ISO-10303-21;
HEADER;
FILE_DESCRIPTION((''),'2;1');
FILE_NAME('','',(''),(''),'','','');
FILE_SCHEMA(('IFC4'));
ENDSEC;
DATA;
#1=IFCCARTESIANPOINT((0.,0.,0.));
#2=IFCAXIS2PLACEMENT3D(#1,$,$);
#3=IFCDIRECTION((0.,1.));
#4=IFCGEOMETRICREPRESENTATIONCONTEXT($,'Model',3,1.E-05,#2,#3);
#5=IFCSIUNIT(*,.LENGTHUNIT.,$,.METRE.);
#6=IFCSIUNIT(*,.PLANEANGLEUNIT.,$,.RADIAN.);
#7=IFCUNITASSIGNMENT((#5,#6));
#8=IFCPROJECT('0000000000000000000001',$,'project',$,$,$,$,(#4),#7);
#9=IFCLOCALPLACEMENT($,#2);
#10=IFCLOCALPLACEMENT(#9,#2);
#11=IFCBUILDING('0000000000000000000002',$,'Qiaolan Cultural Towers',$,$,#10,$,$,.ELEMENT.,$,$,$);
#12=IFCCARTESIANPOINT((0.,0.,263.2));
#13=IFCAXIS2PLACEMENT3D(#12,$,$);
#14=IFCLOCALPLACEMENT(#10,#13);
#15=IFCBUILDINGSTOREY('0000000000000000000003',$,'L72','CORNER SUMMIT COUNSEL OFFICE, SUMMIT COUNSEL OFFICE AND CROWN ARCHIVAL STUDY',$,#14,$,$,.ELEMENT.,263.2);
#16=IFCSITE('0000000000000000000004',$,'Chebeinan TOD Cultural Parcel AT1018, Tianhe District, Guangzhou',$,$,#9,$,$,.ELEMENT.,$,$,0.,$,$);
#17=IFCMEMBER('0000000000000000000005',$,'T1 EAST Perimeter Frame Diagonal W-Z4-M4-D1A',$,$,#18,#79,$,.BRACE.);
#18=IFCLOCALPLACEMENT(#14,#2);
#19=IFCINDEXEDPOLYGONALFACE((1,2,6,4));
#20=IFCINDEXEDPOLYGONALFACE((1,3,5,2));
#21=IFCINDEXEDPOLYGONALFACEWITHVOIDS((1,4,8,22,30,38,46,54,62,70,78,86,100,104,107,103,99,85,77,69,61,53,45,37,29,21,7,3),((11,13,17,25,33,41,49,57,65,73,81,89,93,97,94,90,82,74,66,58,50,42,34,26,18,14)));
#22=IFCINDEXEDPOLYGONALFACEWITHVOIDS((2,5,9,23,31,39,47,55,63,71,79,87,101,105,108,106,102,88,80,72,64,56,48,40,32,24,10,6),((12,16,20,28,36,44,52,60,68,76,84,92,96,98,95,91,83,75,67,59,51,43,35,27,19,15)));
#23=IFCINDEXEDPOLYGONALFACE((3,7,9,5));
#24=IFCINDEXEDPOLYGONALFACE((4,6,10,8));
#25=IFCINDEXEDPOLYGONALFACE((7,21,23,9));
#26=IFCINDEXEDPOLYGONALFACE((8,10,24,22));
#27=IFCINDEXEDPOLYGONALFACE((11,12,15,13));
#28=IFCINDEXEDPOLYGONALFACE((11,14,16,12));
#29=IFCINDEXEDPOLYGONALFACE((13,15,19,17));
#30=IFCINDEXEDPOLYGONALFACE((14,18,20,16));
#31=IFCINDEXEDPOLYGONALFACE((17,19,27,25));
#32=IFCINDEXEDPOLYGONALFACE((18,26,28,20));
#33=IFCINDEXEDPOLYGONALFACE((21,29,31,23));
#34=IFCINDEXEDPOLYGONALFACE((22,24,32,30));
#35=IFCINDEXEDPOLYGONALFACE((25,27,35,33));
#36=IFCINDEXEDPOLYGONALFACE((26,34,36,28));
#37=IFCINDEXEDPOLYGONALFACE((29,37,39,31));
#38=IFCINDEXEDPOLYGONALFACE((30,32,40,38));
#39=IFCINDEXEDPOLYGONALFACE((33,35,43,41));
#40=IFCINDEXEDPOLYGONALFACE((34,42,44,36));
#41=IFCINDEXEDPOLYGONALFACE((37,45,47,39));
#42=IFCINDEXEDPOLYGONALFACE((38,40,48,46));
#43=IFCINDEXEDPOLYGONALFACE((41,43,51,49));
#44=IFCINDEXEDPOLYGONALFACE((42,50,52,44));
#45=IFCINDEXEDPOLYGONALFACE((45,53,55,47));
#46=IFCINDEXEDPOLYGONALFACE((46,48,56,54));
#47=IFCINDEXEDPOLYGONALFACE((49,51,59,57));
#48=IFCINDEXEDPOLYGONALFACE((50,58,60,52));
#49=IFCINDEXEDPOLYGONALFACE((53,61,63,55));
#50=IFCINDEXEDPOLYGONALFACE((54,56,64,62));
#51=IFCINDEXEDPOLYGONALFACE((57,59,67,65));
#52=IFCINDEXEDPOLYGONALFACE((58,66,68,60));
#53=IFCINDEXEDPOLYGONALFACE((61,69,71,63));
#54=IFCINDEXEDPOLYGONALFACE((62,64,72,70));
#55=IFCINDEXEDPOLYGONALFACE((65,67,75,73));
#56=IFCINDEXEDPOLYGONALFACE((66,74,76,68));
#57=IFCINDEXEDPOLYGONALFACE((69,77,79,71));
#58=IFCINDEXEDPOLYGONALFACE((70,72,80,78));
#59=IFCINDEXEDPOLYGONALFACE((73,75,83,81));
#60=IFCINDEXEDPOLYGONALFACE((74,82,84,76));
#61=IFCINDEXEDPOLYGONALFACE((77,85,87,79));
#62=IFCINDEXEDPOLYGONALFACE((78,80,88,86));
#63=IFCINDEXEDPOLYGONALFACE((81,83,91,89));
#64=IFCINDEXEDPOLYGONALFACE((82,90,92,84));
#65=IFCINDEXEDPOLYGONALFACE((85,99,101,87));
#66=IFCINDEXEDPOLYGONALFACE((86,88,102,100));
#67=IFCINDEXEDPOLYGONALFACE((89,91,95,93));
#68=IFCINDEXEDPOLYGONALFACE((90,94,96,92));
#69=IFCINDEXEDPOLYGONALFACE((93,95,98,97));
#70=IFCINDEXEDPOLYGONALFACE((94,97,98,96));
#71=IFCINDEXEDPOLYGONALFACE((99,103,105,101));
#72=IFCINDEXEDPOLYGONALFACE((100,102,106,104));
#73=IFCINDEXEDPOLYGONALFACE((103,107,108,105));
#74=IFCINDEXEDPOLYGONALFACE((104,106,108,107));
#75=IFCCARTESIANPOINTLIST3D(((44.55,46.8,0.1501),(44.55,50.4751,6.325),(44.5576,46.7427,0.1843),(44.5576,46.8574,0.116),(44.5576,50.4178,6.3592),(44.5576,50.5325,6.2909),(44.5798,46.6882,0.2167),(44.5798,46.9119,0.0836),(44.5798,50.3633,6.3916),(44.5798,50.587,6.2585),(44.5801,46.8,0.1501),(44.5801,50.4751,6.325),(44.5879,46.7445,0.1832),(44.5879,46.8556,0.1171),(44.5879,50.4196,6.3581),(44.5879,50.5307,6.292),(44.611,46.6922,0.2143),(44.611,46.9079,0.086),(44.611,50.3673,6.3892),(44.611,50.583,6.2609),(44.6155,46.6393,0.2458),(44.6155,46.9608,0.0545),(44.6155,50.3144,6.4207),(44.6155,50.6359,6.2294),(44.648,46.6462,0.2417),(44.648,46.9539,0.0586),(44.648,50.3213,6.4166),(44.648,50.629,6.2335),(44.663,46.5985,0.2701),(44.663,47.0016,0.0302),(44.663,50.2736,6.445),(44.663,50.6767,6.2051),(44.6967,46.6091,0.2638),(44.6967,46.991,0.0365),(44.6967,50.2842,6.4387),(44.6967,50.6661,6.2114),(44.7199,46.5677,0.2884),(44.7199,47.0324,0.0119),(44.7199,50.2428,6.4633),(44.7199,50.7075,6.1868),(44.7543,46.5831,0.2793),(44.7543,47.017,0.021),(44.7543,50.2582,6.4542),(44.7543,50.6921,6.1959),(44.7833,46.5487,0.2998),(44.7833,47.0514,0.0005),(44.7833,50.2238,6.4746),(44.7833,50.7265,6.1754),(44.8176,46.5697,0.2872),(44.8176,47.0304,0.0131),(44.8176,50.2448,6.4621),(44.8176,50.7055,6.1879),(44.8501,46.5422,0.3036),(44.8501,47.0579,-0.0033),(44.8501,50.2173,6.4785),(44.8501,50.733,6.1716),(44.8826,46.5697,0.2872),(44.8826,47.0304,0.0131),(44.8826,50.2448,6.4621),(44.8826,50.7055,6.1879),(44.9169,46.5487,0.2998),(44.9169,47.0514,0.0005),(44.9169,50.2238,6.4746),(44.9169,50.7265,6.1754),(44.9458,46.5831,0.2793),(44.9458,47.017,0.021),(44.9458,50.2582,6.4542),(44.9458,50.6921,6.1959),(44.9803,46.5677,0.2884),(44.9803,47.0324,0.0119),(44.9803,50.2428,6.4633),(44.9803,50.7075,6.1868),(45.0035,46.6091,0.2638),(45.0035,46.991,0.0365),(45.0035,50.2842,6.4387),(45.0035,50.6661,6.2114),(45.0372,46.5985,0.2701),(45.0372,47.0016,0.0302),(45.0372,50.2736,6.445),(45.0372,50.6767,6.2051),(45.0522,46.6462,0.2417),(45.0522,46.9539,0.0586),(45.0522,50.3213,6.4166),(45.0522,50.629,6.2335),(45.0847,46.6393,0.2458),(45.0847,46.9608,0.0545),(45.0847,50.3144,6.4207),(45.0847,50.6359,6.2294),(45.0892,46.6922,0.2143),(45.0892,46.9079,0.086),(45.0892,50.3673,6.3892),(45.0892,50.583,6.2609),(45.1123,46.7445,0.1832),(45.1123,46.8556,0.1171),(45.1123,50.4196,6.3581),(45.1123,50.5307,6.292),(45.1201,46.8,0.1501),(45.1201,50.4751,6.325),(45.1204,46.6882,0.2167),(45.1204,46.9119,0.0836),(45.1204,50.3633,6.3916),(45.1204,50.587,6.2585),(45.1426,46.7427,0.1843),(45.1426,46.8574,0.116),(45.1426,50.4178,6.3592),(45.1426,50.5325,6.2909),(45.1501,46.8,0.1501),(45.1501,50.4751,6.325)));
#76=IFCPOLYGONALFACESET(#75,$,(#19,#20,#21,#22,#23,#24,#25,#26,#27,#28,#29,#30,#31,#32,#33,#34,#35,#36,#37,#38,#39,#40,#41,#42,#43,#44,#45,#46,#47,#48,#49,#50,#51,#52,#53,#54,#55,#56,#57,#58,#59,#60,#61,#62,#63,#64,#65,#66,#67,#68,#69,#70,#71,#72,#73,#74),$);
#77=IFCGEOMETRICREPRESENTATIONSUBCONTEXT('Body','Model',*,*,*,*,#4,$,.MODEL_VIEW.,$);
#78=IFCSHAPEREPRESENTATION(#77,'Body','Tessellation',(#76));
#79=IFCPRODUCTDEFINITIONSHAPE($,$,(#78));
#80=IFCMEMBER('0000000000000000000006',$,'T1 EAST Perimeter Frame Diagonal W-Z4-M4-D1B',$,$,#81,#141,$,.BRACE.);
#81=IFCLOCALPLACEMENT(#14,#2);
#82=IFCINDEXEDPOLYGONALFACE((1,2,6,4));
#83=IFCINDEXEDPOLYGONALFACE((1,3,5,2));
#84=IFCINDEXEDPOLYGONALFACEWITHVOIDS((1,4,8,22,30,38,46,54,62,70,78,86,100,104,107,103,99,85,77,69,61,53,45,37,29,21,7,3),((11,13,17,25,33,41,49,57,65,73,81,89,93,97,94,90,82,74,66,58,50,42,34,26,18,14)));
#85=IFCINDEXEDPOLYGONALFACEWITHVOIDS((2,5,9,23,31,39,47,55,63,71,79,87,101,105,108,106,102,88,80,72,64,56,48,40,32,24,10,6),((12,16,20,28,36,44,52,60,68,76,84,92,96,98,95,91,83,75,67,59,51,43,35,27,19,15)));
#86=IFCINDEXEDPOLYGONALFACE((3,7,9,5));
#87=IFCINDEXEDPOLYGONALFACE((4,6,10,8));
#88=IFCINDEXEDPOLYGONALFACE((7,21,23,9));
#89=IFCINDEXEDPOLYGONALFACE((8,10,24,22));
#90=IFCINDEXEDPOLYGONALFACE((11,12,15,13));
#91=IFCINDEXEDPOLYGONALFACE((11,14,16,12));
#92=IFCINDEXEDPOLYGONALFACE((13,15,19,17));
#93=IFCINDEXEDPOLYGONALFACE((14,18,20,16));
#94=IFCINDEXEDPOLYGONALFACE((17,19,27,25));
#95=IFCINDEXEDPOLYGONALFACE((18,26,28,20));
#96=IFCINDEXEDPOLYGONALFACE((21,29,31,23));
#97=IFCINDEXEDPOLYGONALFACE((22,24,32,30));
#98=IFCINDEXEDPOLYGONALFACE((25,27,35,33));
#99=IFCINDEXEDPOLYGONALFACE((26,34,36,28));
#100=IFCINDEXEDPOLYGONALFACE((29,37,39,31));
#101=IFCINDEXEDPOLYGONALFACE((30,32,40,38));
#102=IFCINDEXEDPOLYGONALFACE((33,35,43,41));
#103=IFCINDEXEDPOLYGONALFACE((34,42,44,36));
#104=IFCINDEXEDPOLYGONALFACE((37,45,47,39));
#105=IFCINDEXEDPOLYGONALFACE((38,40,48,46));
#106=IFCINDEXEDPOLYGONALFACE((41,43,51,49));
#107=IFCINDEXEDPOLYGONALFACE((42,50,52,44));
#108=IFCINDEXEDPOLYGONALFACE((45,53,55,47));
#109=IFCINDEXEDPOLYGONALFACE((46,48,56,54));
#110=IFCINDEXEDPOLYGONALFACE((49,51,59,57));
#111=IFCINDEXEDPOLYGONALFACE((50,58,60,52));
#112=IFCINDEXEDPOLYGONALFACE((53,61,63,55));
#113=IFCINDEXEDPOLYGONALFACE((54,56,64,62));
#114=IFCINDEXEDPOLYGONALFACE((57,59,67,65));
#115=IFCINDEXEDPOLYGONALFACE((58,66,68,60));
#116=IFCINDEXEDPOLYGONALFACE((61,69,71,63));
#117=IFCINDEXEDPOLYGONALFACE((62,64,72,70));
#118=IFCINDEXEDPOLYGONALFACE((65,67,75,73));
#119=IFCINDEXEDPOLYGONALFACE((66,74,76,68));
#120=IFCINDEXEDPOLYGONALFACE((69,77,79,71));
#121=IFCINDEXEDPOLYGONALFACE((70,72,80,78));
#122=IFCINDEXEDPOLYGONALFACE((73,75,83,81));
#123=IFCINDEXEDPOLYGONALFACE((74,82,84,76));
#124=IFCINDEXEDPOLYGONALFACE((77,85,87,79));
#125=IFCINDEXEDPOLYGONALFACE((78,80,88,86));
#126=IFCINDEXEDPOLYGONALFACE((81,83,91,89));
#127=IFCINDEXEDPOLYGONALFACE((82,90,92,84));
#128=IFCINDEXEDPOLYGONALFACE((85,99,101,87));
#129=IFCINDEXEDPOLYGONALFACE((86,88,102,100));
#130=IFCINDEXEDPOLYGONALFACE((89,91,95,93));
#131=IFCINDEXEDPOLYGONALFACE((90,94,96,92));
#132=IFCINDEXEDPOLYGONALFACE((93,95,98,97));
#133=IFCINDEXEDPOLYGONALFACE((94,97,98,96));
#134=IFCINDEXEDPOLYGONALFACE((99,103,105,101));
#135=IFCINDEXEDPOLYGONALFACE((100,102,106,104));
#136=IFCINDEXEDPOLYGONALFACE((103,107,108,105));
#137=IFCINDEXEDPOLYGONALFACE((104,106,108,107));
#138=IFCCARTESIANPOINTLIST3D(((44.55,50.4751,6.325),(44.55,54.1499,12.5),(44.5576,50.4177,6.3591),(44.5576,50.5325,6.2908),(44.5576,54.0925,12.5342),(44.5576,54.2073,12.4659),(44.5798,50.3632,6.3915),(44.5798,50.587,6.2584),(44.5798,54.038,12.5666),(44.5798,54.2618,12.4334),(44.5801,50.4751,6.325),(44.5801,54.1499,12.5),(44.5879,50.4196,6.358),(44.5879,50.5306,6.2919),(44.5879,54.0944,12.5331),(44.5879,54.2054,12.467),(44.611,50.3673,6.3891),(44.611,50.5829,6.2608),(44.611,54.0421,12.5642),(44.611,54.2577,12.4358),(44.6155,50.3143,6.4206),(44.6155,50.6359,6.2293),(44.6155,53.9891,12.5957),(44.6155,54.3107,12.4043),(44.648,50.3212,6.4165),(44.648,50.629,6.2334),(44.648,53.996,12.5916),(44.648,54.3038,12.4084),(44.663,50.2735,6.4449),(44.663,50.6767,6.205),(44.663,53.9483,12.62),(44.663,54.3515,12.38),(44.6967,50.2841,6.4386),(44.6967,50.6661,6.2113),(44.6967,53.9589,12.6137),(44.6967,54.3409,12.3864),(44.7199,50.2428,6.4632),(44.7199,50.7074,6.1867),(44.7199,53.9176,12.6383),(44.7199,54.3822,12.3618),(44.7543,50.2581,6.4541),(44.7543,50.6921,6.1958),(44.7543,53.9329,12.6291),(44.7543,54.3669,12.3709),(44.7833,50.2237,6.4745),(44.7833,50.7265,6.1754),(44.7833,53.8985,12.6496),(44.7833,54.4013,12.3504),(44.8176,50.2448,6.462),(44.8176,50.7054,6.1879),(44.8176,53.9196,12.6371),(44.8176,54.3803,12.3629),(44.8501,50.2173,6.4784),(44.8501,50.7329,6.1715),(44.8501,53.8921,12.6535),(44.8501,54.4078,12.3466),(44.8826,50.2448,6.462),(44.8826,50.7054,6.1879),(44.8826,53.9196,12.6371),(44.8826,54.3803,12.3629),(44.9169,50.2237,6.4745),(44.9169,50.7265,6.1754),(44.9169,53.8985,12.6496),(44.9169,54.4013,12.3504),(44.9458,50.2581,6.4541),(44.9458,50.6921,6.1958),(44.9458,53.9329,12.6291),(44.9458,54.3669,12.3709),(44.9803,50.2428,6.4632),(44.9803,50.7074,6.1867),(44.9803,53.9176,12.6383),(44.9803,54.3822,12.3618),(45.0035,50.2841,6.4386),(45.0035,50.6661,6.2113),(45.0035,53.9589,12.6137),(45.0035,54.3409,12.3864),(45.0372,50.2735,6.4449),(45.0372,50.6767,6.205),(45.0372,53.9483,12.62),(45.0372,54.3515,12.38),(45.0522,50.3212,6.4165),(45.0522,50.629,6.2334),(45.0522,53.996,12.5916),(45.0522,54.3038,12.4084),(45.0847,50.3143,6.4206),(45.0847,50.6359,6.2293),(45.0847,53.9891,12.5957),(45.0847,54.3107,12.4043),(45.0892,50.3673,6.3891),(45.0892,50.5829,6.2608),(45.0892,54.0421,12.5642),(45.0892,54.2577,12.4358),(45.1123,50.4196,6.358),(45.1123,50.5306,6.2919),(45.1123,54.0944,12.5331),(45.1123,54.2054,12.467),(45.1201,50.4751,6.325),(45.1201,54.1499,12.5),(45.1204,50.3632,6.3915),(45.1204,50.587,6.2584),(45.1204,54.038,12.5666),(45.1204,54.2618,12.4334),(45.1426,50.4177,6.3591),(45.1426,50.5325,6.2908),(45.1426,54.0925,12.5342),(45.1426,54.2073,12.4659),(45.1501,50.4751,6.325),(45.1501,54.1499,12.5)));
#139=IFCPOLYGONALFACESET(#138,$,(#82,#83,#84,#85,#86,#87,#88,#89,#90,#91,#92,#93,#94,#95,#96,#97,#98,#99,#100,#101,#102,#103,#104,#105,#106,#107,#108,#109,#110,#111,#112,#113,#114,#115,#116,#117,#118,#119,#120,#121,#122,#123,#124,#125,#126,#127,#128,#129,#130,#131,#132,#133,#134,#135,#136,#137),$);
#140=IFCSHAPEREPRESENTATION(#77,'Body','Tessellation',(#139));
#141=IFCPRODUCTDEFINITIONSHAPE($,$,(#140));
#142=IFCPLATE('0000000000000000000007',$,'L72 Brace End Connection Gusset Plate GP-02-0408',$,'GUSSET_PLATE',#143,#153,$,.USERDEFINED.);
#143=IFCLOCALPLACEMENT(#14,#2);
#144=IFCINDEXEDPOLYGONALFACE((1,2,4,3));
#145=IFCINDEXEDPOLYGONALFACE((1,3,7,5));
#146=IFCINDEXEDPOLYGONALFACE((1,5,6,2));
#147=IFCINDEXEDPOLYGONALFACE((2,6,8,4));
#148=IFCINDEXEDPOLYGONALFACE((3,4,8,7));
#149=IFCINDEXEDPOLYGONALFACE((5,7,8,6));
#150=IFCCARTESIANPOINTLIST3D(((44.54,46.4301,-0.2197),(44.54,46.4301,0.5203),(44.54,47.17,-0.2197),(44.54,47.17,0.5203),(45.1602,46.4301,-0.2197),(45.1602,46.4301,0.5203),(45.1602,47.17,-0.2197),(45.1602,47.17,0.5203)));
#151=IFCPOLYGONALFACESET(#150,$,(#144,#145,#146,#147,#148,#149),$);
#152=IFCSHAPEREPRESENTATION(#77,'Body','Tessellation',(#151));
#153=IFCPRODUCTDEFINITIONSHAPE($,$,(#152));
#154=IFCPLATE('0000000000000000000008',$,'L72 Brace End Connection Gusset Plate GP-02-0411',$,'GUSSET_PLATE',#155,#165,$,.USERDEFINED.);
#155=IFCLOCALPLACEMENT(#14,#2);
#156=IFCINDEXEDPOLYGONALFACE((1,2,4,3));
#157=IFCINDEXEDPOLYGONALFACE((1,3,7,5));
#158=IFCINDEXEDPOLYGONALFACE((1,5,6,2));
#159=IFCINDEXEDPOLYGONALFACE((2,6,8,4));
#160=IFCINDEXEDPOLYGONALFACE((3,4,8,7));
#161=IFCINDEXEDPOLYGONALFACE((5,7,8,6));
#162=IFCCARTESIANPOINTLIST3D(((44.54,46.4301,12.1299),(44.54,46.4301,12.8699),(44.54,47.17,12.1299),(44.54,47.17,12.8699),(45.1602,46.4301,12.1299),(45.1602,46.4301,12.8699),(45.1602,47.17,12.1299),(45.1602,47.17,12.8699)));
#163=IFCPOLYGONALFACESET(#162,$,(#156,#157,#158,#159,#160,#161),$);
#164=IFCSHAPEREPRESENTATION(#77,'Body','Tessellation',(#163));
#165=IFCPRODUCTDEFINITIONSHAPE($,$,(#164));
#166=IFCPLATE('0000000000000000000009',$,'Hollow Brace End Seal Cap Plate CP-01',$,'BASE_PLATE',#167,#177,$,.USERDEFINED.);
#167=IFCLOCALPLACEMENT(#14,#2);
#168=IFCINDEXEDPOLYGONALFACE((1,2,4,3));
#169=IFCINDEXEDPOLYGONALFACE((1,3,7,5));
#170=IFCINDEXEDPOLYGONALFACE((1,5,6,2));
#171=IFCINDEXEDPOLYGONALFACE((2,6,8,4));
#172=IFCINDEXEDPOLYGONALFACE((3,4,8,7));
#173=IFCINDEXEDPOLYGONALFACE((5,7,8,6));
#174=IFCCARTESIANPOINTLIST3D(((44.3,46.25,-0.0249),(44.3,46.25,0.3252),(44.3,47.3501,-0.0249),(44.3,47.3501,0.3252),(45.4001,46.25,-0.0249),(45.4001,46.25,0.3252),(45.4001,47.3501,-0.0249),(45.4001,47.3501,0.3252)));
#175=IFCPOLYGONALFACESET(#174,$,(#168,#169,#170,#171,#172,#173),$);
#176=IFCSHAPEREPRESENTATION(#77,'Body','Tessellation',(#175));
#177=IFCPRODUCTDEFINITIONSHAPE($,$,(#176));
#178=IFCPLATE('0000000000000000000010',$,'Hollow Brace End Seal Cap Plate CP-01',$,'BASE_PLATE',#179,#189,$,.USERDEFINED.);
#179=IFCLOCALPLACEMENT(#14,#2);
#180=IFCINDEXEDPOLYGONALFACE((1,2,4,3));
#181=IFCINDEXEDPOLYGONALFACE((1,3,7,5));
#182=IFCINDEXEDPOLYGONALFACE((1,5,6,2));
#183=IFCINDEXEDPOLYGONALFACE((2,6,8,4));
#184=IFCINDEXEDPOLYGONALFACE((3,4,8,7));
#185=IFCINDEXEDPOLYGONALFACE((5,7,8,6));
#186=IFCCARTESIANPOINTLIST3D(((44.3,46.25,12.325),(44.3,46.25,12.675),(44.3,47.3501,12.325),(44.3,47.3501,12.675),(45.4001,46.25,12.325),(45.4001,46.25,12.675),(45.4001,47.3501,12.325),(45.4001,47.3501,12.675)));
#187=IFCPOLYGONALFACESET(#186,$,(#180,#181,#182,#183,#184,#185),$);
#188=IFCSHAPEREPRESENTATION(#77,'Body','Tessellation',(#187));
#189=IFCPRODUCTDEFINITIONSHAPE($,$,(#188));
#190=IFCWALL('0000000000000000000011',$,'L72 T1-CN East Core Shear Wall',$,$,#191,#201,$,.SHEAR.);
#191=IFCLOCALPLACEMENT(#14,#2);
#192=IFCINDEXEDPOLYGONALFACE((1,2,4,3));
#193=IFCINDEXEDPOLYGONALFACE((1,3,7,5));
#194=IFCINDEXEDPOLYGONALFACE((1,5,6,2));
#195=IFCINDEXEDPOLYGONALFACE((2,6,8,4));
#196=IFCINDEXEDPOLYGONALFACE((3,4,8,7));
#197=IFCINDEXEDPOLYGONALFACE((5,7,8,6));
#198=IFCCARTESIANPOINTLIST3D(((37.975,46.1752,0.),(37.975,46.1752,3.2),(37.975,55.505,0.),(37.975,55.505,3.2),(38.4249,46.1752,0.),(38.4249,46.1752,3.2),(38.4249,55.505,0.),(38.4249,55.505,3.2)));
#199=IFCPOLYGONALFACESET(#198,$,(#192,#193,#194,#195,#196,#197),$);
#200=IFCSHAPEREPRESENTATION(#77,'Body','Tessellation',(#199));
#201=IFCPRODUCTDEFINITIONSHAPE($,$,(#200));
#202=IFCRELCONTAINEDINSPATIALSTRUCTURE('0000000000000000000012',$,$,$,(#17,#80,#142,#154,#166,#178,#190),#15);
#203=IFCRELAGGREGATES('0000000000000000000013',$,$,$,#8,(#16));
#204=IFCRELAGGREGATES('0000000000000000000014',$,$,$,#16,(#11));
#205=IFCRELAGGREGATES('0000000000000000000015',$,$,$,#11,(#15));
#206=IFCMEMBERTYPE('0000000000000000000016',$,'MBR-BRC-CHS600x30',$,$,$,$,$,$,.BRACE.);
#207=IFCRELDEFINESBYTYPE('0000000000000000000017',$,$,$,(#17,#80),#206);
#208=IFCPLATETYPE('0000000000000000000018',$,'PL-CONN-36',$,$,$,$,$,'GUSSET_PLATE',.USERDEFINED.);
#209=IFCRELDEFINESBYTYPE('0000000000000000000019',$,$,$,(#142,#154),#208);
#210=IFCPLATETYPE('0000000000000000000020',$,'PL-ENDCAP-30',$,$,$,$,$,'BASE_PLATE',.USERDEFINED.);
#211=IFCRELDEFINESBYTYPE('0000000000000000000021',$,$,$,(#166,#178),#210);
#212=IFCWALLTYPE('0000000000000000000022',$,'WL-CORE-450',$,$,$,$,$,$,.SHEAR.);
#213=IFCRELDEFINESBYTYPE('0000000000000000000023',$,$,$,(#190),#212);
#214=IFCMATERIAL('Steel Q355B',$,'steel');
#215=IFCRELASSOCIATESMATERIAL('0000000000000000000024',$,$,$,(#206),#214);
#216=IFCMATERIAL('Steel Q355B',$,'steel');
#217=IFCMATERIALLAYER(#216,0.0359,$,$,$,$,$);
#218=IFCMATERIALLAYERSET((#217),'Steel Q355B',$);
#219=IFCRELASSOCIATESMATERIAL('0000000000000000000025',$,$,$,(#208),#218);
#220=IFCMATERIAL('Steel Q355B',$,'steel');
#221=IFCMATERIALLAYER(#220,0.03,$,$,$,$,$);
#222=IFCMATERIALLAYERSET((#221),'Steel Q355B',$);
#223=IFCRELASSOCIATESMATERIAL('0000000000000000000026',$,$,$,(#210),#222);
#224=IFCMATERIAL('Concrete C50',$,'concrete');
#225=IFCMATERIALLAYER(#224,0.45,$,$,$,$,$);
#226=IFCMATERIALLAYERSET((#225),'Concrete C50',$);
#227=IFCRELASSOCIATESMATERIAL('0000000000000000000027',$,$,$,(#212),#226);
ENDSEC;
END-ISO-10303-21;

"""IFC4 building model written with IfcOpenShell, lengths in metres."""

from ifc_helpers import new_model, si_unit, direction, frame, frame_2d, origin, origin_2d, place, context, subcontext, project, spatial, rectangle, hollow_circle, extrude, material, layer, layer_set, material_profile, profile_set, type_object, element, save


model = new_model("IFC4")

# Units and contexts
model_context = context("Model", 3, precision=1e-05, world=origin(), true_north=direction((0.0, 1.0)))
body_context = subcontext(model_context, "Body", "Model", "MODEL_VIEW")
ifc_project = project(units=[si_unit("LENGTHUNIT", "METRE"), si_unit("PLANEANGLEUNIT", "RADIAN")], contexts=[model_context])

# Site, building, storey
site_placement = place(None, origin())
site = spatial("IfcSite", under=ifc_project, at=site_placement, Name="Chebeinan TOD Cultural Parcel AT1018, Tianhe District, Guangzhou", CompositionType="ELEMENT", RefElevation=0.0)
building_placement = place(site_placement, origin())
building = spatial("IfcBuilding", under=site, at=building_placement, Name="Qiaolan Cultural Towers", CompositionType="ELEMENT")
storey_placement = place(building_placement, frame((0.0, 0.0, 263.2)))
storey = spatial("IfcBuildingStorey", under=building, at=storey_placement, Name="L72", Description="CORNER SUMMIT COUNSEL OFFICE, SUMMIT COUNSEL OFFICE AND CROWN ARCHIVAL STUDY", CompositionType="ELEMENT", Elevation=263.2)

# Members
ifc_material_1 = material(Name="Steel Q355B", Category="steel")
ifc_material_profile_1 = material_profile(ifc_material_1, hollow_circle(Radius=0.3, WallThickness=0.03, at=origin_2d()), Name="CHS600x30")
ifc_profile_set_1 = profile_set([ifc_material_profile_1], Name="Steel Q355B")
member_type = type_object("IfcMemberType", Name="MBR-BRC-CHS600x30", PredefinedType="BRACE", material=ifc_profile_set_1)
for number, where, z_axis, x_axis, name in (
    (1, (44.8501, 46.8, 0.1501), (0.0, 0.51144, 0.859319), (-1.0, 0.0, 0.0), "T1 EAST Perimeter Frame Diagonal W-Z4-M4-D1A"),
    (2, (44.8501, 50.4751, 6.325), (0.0, 0.5114, 0.859343), (-1.0, 0.0, 0.0), "T1 EAST Perimeter Frame Diagonal W-Z4-M4-D1B"),
):
    element("IfcMember", number, at=place(storey_placement, frame(where, z_axis=z_axis, x_axis=x_axis)), inside=storey, type_object=member_type, Name=name, PredefinedType="BRACE", context=body_context, shape_type="SweptSolid", body=[
        extrude(hollow_circle(Radius=0.3, WallThickness=0.03, at=origin_2d()), origin(), (0.0, 0.0, 1.0), 7.1858),
    ])

# Plates
ifc_material_2 = material(Name="Steel Q355B", Category="steel")
ifc_layer_1 = layer(ifc_material_2, 0.0359)
ifc_layer_set_1 = layer_set([ifc_layer_1], Name="Steel Q355B")
plate_type_1 = type_object("IfcPlateType", Name="PL-CONN-36", ElementType="GUSSET_PLATE", PredefinedType="USERDEFINED", material=ifc_layer_set_1)
for number, where, z_axis, x_axis, name in (
    (3, (44.8501, 46.8, -0.2197), (0.0, 0.0, 1.0), (0.0, 1.0, 0.0), "L72 Brace End Connection Gusset Plate GP-02-0408"),
    (4, (44.8501, 46.8, 12.1299), (0.0, 0.0, 1.0), (0.0, 1.0, 0.0), "L72 Brace End Connection Gusset Plate GP-02-0411"),
):
    element("IfcPlate", number, at=place(storey_placement, frame(where, z_axis=z_axis, x_axis=x_axis)), inside=storey, type_object=plate_type_1, Name=name, ObjectType="GUSSET_PLATE", PredefinedType="USERDEFINED", context=body_context, shape_type="SweptSolid", body=[
        extrude(rectangle(XDim=0.74, YDim=0.6201, at=origin_2d()), origin(), (0.0, 0.0, 1.0), 0.74),
    ])
ifc_material_3 = material(Name="Steel Q355B", Category="steel")
ifc_layer_2 = layer(ifc_material_3, 0.03)
ifc_layer_set_2 = layer_set([ifc_layer_2], Name="Steel Q355B")
plate_type_2 = type_object("IfcPlateType", Name="PL-ENDCAP-30", ElementType="BASE_PLATE", PredefinedType="USERDEFINED", material=ifc_layer_set_2)
for number, where, z_axis, x_axis, name in (
    (5, (44.8501, 46.8, -0.0249), (0.0, 0.0, 1.0), (0.0, 1.0, 0.0), "Hollow Brace End Seal Cap Plate CP-01"),
    (6, (44.8501, 46.8, 12.325), (0.0, 0.0, 1.0), (0.0, 1.0, 0.0), "Hollow Brace End Seal Cap Plate CP-01"),
):
    element("IfcPlate", number, at=place(storey_placement, frame(where, z_axis=z_axis, x_axis=x_axis)), inside=storey, type_object=plate_type_2, Name=name, ObjectType="BASE_PLATE", PredefinedType="USERDEFINED", context=body_context, shape_type="SweptSolid", body=[
        extrude(rectangle(XDim=1.1001, YDim=1.1001, at=origin_2d()), origin(), (0.0, 0.0, 1.0), 0.3501),
    ])

# Wall
ifc_material_4 = material(Name="Concrete C50", Category="concrete")
ifc_layer_3 = layer(ifc_material_4, 0.45)
ifc_layer_set_3 = layer_set([ifc_layer_3], Name="Concrete C50")
wall_type_1 = type_object("IfcWallType", Name="WL-CORE-450", PredefinedType="SHEAR", material=ifc_layer_set_3)
wall_1_placement = place(storey_placement, frame((38.2, 46.175, 0.0), z_axis=(0.0, 0.0, 1.0), x_axis=(0.0, 1.0, 0.0)))
element("IfcWall", 7, at=wall_1_placement, inside=storey, type_object=wall_type_1, Name="L72 T1-CN East Core Shear Wall", PredefinedType="SHEAR", context=body_context, shape_type="SweptSolid", body=[
    extrude(rectangle(XDim=9.3298, YDim=0.45, at=frame_2d((4.665, 0.0))), origin(), (0.0, 0.0, 1.0), 3.2),
])

save(model, "model.ifc")
